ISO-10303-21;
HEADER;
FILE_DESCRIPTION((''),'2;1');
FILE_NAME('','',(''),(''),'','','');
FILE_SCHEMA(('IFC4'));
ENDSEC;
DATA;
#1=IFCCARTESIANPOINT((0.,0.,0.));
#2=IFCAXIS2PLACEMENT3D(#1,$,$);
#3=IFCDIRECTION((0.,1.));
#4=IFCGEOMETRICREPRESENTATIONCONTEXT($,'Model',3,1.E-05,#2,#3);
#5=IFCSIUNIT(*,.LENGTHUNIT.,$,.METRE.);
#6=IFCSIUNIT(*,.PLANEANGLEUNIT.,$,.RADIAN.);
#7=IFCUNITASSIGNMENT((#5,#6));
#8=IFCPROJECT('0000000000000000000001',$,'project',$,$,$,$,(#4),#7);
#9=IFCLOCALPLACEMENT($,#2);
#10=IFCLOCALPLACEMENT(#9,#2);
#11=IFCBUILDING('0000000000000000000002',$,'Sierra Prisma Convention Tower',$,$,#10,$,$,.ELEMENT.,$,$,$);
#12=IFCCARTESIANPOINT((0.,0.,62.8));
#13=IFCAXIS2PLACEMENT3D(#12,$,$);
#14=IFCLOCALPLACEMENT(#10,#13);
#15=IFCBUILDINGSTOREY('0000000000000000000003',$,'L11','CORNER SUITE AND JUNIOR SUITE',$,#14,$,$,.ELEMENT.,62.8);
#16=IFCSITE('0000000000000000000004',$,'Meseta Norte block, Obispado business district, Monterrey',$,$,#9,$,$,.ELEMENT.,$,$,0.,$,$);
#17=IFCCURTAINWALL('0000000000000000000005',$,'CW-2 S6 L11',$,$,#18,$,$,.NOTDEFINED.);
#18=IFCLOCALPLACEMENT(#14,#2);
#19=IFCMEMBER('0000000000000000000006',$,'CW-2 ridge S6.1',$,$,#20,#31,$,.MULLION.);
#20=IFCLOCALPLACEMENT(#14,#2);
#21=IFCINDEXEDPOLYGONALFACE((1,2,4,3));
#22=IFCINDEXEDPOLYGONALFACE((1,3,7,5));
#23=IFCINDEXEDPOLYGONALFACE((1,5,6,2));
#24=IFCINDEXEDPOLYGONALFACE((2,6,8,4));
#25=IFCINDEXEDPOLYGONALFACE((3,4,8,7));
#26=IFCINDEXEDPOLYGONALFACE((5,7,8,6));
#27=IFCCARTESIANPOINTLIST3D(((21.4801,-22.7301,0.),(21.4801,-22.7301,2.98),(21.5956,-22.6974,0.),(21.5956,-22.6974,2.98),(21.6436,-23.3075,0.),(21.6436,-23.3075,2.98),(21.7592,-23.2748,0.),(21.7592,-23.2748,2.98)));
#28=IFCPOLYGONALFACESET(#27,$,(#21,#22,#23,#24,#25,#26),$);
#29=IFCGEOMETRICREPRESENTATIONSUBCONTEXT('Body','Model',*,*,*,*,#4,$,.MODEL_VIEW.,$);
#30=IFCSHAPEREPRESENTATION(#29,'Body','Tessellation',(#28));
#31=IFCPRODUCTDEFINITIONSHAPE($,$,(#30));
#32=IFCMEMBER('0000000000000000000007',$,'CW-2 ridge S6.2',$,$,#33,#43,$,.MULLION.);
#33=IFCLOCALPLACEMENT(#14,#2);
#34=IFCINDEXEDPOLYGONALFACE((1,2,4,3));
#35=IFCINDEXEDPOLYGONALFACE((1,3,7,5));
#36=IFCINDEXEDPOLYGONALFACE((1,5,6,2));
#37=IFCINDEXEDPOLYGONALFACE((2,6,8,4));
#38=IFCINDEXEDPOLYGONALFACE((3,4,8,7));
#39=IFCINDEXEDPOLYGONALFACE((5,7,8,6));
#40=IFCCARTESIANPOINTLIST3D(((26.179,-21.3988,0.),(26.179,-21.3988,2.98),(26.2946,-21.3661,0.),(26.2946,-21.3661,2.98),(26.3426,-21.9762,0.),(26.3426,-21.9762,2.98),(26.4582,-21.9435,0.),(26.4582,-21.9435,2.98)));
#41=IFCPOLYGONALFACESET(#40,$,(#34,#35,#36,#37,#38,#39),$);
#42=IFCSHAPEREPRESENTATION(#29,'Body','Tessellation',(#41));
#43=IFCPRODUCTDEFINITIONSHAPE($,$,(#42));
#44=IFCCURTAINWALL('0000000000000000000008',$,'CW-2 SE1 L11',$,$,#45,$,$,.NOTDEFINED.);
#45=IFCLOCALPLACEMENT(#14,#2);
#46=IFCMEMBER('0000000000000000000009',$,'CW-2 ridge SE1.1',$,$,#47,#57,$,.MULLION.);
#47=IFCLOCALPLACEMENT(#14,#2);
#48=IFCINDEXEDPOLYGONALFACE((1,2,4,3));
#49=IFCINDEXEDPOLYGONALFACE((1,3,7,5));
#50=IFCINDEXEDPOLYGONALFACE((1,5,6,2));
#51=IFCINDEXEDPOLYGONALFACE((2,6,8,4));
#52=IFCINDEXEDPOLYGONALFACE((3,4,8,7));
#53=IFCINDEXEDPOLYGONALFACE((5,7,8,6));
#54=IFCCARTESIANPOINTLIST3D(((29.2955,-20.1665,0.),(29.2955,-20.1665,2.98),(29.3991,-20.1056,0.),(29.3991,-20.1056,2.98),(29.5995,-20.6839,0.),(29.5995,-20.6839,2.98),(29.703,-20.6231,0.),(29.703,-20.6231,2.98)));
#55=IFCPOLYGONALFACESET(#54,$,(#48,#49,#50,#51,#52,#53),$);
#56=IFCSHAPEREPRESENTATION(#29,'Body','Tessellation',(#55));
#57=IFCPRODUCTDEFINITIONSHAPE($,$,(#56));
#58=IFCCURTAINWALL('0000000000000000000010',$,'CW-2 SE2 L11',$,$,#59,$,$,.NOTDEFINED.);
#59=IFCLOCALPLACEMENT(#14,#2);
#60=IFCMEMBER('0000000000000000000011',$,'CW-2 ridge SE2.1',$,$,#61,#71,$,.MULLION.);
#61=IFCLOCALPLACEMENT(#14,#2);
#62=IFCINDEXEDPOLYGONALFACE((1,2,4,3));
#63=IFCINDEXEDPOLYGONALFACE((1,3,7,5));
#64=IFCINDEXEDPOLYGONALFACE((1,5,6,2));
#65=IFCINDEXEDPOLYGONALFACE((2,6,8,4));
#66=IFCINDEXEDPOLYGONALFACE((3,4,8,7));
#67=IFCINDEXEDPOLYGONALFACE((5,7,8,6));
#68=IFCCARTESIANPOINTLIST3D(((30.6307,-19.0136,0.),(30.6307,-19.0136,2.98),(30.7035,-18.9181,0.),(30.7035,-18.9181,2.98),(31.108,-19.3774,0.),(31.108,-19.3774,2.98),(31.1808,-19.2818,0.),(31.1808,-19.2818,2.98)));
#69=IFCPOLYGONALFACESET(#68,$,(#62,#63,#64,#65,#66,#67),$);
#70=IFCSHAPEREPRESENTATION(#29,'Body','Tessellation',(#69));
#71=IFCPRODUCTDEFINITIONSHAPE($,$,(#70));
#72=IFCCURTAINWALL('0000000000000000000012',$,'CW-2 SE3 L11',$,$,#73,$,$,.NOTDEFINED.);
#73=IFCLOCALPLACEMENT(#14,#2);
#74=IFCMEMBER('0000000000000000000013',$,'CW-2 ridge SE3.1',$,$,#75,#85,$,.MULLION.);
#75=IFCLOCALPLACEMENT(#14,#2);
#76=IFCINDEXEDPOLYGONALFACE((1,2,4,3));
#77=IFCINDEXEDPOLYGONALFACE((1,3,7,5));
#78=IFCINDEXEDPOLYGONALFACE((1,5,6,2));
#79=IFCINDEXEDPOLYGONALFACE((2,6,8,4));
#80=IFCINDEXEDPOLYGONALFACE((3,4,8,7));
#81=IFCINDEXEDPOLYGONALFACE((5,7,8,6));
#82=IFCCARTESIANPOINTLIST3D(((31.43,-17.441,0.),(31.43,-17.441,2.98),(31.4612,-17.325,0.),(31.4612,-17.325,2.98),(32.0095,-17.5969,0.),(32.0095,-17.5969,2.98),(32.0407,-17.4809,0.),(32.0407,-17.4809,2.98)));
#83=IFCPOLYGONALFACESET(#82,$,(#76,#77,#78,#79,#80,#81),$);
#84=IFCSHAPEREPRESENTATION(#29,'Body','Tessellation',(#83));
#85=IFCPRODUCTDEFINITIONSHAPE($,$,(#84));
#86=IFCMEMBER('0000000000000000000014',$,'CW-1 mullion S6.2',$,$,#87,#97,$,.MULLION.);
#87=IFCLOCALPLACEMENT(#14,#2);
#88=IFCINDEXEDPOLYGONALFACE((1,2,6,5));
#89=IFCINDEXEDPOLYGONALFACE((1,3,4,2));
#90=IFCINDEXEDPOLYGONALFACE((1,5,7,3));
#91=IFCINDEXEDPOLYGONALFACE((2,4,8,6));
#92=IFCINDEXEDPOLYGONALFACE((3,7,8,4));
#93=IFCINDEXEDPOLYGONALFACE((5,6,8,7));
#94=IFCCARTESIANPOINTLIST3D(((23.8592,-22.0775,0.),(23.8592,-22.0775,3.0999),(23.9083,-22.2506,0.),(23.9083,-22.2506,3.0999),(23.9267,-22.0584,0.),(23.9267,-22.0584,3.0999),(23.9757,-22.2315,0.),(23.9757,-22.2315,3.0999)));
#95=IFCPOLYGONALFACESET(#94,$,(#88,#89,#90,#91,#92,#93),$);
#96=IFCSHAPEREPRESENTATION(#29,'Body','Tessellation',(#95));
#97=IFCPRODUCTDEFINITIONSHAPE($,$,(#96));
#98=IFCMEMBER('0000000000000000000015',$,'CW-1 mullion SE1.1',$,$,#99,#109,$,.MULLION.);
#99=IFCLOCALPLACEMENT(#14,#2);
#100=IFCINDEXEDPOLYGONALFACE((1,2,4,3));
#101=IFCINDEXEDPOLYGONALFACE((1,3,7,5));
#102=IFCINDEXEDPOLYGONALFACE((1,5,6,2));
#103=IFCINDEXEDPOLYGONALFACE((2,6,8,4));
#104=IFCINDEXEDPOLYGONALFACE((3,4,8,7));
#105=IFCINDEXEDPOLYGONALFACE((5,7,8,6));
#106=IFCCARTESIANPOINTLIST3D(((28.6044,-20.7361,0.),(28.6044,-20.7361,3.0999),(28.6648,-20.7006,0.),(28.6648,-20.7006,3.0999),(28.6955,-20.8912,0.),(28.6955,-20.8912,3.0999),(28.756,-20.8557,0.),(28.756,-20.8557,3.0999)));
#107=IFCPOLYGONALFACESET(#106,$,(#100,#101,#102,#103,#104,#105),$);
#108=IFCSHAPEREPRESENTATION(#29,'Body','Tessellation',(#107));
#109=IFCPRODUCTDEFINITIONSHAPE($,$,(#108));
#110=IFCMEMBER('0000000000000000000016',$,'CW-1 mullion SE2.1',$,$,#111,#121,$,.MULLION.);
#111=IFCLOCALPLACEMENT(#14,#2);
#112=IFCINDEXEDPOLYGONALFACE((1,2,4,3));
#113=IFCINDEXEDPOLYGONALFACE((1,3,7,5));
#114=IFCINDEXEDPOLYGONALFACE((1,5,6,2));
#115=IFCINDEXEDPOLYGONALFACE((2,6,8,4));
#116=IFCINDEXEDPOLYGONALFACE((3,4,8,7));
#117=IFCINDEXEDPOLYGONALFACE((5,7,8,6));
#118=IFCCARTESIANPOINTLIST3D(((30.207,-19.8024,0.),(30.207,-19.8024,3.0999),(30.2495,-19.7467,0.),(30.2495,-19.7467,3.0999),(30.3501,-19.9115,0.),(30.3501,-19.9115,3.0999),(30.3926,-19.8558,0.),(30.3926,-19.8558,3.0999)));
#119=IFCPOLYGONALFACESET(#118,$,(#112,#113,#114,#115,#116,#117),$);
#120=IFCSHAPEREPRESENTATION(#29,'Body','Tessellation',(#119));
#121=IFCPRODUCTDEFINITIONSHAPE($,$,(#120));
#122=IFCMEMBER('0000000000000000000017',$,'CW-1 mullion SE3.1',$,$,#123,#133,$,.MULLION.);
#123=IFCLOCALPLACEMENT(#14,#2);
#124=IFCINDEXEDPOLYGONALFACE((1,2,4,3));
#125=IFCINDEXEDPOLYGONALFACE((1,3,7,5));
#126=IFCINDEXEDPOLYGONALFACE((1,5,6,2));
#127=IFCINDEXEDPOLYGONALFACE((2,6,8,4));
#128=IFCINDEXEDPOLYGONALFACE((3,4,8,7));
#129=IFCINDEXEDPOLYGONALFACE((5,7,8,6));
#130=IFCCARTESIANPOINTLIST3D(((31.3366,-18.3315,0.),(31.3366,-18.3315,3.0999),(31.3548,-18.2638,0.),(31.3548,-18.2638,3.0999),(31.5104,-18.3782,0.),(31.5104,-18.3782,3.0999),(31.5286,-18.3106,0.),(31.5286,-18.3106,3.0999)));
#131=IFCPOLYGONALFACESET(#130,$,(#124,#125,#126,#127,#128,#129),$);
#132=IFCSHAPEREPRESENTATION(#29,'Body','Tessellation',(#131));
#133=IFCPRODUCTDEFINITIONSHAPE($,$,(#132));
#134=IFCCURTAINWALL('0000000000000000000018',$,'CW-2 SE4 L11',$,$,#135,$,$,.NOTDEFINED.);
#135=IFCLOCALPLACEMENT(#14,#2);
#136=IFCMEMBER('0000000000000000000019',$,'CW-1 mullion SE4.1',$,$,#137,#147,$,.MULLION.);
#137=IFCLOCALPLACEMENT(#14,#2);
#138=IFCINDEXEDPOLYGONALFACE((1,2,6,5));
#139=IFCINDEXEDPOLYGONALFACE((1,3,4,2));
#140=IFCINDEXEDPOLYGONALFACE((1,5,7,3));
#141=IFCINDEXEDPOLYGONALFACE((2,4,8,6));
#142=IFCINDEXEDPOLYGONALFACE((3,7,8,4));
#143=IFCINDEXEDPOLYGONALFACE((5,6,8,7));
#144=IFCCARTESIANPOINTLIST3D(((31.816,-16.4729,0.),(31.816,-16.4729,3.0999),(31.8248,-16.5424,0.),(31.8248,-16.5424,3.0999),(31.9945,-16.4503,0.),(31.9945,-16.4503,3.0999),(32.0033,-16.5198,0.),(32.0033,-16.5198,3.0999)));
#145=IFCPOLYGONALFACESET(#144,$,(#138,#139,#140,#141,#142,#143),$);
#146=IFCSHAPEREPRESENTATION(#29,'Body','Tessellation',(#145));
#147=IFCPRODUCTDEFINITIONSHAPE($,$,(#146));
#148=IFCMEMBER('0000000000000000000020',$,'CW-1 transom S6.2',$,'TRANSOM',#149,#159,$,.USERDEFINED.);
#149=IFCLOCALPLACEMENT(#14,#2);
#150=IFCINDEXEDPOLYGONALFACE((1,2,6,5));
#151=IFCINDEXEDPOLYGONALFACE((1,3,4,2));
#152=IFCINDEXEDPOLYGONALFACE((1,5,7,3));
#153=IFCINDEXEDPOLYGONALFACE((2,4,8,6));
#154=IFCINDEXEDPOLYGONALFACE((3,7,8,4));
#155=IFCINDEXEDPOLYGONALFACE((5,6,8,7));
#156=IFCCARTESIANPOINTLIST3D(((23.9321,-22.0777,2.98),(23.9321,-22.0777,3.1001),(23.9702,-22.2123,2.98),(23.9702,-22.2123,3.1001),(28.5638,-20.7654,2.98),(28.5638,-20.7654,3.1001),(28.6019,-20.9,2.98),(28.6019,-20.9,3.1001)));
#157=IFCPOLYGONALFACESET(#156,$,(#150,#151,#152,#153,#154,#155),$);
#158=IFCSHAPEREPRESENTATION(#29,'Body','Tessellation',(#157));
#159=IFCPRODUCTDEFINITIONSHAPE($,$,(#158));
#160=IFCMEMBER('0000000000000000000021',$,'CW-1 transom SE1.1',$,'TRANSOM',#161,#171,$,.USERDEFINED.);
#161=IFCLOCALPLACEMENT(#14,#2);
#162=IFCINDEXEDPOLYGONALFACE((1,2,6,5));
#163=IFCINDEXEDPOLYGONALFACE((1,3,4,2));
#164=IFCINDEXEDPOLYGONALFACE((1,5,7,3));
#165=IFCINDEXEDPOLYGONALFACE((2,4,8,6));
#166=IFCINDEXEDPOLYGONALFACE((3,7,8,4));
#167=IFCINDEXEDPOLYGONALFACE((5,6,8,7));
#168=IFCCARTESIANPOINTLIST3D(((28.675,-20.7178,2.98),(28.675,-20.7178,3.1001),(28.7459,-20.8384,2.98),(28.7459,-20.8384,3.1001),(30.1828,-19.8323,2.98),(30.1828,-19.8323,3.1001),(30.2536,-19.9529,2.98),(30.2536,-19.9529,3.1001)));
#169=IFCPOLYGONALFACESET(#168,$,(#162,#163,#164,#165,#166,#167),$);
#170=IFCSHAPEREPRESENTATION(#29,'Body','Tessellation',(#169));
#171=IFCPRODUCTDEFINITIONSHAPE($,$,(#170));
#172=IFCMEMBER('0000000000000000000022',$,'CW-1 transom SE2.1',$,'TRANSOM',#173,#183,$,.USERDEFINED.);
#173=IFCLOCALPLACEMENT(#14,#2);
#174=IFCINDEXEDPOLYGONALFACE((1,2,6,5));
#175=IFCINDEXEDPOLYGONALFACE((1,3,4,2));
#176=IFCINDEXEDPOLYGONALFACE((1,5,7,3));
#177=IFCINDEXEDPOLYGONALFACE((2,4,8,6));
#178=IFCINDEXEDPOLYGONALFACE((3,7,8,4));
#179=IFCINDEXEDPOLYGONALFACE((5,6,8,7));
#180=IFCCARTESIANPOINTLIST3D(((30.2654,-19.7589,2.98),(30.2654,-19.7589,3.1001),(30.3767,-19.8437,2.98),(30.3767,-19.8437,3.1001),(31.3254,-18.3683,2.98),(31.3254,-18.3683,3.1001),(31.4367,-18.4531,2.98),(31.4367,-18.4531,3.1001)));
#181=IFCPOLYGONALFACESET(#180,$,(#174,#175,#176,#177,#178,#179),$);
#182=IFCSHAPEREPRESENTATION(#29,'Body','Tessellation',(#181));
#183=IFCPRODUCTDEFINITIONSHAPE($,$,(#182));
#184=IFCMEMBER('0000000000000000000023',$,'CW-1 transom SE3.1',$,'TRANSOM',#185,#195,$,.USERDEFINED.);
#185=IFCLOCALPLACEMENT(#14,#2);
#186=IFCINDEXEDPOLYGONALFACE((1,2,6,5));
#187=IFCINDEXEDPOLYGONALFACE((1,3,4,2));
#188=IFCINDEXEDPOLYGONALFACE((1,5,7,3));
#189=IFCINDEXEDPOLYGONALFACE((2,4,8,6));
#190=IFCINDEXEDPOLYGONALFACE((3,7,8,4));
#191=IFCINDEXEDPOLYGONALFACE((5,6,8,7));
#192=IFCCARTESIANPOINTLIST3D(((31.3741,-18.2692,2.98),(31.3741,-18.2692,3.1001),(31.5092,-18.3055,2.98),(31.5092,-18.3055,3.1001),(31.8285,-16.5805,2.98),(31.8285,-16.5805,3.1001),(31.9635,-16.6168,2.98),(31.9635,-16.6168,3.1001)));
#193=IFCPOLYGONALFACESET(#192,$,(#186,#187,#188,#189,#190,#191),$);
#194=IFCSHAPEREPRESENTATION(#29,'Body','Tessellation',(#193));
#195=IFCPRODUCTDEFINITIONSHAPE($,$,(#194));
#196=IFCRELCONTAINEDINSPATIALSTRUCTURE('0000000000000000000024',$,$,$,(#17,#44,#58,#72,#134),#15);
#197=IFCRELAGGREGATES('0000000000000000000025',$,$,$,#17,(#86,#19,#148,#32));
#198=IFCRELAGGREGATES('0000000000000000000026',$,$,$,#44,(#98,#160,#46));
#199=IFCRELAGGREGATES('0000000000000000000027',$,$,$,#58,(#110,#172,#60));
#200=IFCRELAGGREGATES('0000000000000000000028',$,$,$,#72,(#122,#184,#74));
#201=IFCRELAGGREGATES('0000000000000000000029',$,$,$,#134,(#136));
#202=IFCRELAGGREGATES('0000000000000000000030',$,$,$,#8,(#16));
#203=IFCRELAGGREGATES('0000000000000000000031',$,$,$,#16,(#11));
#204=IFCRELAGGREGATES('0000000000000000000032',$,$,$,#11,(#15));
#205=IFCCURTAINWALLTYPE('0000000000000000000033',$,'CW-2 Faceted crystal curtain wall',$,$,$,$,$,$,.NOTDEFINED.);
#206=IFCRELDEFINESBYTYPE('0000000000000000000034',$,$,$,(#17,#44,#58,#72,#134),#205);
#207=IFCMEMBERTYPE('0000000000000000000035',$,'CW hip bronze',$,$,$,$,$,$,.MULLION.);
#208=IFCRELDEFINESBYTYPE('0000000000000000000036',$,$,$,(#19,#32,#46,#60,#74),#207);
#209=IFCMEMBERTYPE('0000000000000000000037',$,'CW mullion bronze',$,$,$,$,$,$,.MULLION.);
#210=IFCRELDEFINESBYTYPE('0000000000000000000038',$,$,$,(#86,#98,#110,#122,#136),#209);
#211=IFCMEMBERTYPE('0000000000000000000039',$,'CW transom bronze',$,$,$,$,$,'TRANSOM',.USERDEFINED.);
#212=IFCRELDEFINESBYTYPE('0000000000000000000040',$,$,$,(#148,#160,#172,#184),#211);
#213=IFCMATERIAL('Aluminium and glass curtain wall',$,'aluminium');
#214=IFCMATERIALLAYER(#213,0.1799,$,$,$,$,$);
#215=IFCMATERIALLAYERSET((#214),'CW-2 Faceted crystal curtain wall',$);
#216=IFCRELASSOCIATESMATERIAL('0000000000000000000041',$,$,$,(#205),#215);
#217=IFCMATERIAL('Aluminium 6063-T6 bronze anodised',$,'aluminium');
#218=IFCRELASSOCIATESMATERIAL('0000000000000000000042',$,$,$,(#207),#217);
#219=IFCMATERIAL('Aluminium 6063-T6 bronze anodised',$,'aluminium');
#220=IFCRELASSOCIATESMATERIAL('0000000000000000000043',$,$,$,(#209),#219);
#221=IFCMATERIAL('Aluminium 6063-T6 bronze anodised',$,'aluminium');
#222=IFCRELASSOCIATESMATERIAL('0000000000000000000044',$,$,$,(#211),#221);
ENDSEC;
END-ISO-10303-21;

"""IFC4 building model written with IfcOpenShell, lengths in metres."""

from ifc_helpers import new_model, si_unit, direction, frame, origin, origin_2d, place, context, subcontext, project, spatial, rectangle, extrude, material, layer, layer_set, material_profile, profile_set, type_object, element, aggregate, save


model = new_model("IFC4")

# Units and contexts
model_context = context("Model", 3, precision=1e-05, world=origin(), true_north=direction((0.0, 1.0)))
body_context = subcontext(model_context, "Body", "Model", "MODEL_VIEW")
ifc_project = project(units=[si_unit("LENGTHUNIT", "METRE"), si_unit("PLANEANGLEUNIT", "RADIAN")], contexts=[model_context])

# Site, building, storey
site_placement = place(None, origin())
site = spatial("IfcSite", under=ifc_project, at=site_placement, Name="Meseta Norte block, Obispado business district, Monterrey", CompositionType="ELEMENT", RefElevation=0.0)
building_placement = place(site_placement, origin())
building = spatial("IfcBuilding", under=site, at=building_placement, Name="Sierra Prisma Convention Tower", CompositionType="ELEMENT")
storey_placement = place(building_placement, frame((0.0, 0.0, 62.8)))
storey = spatial("IfcBuildingStorey", under=building, at=storey_placement, Name="L11", Description="CORNER SUITE AND JUNIOR SUITE", CompositionType="ELEMENT", Elevation=62.8)

# Curtain wall, members
ifc_material_1 = material(Name="Aluminium and glass curtain wall", Category="aluminium")
ifc_layer_1 = layer(ifc_material_1, 0.1799)
ifc_layer_set_1 = layer_set([ifc_layer_1], Name="CW-2 Faceted crystal curtain wall")
curtain_wall_type = type_object("IfcCurtainWallType", Name="CW-2 Faceted crystal curtain wall", PredefinedType="NOTDEFINED", material=ifc_layer_set_1)
curtain_wall_1_placement = place(storey_placement, origin())
curtain_wall_1 = element("IfcCurtainWall", 1, at=curtain_wall_1_placement, inside=storey, type_object=curtain_wall_type, Name="CW-2 S6 L11", PredefinedType="NOTDEFINED")
ifc_material_2 = material(Name="Aluminium 6063-T6 bronze anodised", Category="aluminium")
ifc_material_profile_1 = material_profile(ifc_material_2, rectangle(XDim=0.1201, YDim=0.6001, at=origin_2d()), Name="ALU RIDGE BLADE 120x600")
ifc_profile_set_1 = profile_set([ifc_material_profile_1], Name="Aluminium 6063-T6 bronze anodised")
member_type_1 = type_object("IfcMemberType", Name="CW hip bronze", PredefinedType="MULLION", material=ifc_profile_set_1)
member_1_placement = place(storey_placement, frame((21.6196, -23.0024, 0.0), z_axis=(0.0, 0.0, 1.0), x_axis=(0.962131, 0.272588, 0.0)))
member_1 = element("IfcMember", 2, at=member_1_placement, type_object=member_type_1, Name="CW-2 ridge S6.1", PredefinedType="MULLION", context=body_context, shape_type="SweptSolid", body=[
    extrude(rectangle(XDim=0.1201, YDim=0.6001, at=origin_2d()), origin(), (0.0, 0.0, 1.0), 2.98),
])
member_2_placement = place(storey_placement, frame((26.3186, -21.6711, 0.0), z_axis=(0.0, 0.0, 1.0), x_axis=(0.962131, 0.272588, 0.0)))
member_2 = element("IfcMember", 3, at=member_2_placement, type_object=member_type_1, Name="CW-2 ridge S6.2", PredefinedType="MULLION", context=body_context, shape_type="SweptSolid", body=[
    extrude(rectangle(XDim=0.1201, YDim=0.6001, at=origin_2d()), origin(), (0.0, 0.0, 1.0), 2.98),
])

# Curtain walls, members
curtain_wall_2_placement = place(storey_placement, origin())
curtain_wall_2 = element("IfcCurtainWall", 4, at=curtain_wall_2_placement, inside=storey, type_object=curtain_wall_type, Name="CW-2 SE1 L11", PredefinedType="NOTDEFINED")
member_3_placement = place(storey_placement, frame((29.4993, -20.3948, 0.0), z_axis=(0.0, 0.0, 1.0), x_axis=(0.862249, 0.506485, 0.0)))
member_3 = element("IfcMember", 5, at=member_3_placement, type_object=member_type_1, Name="CW-2 ridge SE1.1", PredefinedType="MULLION", context=body_context, shape_type="SweptSolid", body=[
    extrude(rectangle(XDim=0.1201, YDim=0.6001, at=origin_2d()), origin(), (0.0, 0.0, 1.0), 2.98),
])
curtain_wall_3_placement = place(storey_placement, origin())
curtain_wall_3 = element("IfcCurtainWall", 6, at=curtain_wall_3_placement, inside=storey, type_object=curtain_wall_type, Name="CW-2 SE2 L11", PredefinedType="NOTDEFINED")
member_4_placement = place(storey_placement, frame((30.9058, -19.1477, 0.0), z_axis=(0.0, 0.0, 1.0), x_axis=(0.606179, 0.795328, 0.0)))
member_4 = element("IfcMember", 7, at=member_4_placement, type_object=member_type_1, Name="CW-2 ridge SE2.1", PredefinedType="MULLION", context=body_context, shape_type="SweptSolid", body=[
    extrude(rectangle(XDim=0.1201, YDim=0.6001, at=origin_2d()), origin(), (0.0, 0.0, 1.0), 2.98),
])
curtain_wall_4_placement = place(storey_placement, origin())
curtain_wall_4 = element("IfcCurtainWall", 8, at=curtain_wall_4_placement, inside=storey, type_object=curtain_wall_type, Name="CW-2 SE3 L11", PredefinedType="NOTDEFINED")
member_5_placement = place(storey_placement, frame((31.7354, -17.4609, 0.0), z_axis=(0.0, 0.0, 1.0), x_axis=(0.259788, 0.965666, 0.0)))
member_5 = element("IfcMember", 9, at=member_5_placement, type_object=member_type_1, Name="CW-2 ridge SE3.1", PredefinedType="MULLION", context=body_context, shape_type="SweptSolid", body=[
    extrude(rectangle(XDim=0.1201, YDim=0.6001, at=origin_2d()), origin(), (0.0, 0.0, 1.0), 2.98),
])

# Members
ifc_material_3 = material(Name="Aluminium 6063-T6 bronze anodised", Category="aluminium")
ifc_material_profile_2 = material_profile(ifc_material_3, rectangle(XDim=0.1799, YDim=0.0701, at=origin_2d()), Name="ALU MULLION 70x180")
ifc_profile_set_2 = profile_set([ifc_material_profile_2], Name="Aluminium 6063-T6 bronze anodised")
member_type_2 = type_object("IfcMemberType", Name="CW mullion bronze", PredefinedType="MULLION", material=ifc_profile_set_2)
member_6_placement = place(storey_placement, frame((23.9175, -22.1545, 0.0), z_axis=(0.0, 0.0, 1.0), x_axis=(-0.272588, 0.962131, 0.0)))
member_6 = element("IfcMember", 10, at=member_6_placement, type_object=member_type_2, Name="CW-1 mullion S6.2", PredefinedType="MULLION", context=body_context, shape_type="SweptSolid", body=[
    extrude(rectangle(XDim=0.1799, YDim=0.0701, at=origin_2d()), origin(), (0.0, 0.0, 1.0), 3.0999),
])
member_7_placement = place(storey_placement, frame((28.6802, -20.7959, 0.0), z_axis=(0.0, 0.0, 1.0), x_axis=(-0.506485, 0.862249, 0.0)))
member_7 = element("IfcMember", 11, at=member_7_placement, type_object=member_type_2, Name="CW-1 mullion SE1.1", PredefinedType="MULLION", context=body_context, shape_type="SweptSolid", body=[
    extrude(rectangle(XDim=0.1799, YDim=0.0701, at=origin_2d()), origin(), (0.0, 0.0, 1.0), 3.0999),
])
member_8_placement = place(storey_placement, frame((30.2998, -19.8291, 0.0), z_axis=(0.0, 0.0, 1.0), x_axis=(-0.795328, 0.606179, 0.0)))
member_8 = element("IfcMember", 12, at=member_8_placement, type_object=member_type_2, Name="CW-1 mullion SE2.1", PredefinedType="MULLION", context=body_context, shape_type="SweptSolid", body=[
    extrude(rectangle(XDim=0.1799, YDim=0.0701, at=origin_2d()), origin(), (0.0, 0.0, 1.0), 3.0999),
])
member_9_placement = place(storey_placement, frame((31.4326, -18.321, 0.0), z_axis=(0.0, 0.0, 1.0), x_axis=(-0.965666, 0.259788, 0.0)))
member_9 = element("IfcMember", 13, at=member_9_placement, type_object=member_type_2, Name="CW-1 mullion SE3.1", PredefinedType="MULLION", context=body_context, shape_type="SweptSolid", body=[
    extrude(rectangle(XDim=0.1799, YDim=0.0701, at=origin_2d()), origin(), (0.0, 0.0, 1.0), 3.0999),
])

# Curtain wall, member
curtain_wall_5_placement = place(storey_placement, origin())
curtain_wall_5 = element("IfcCurtainWall", 14, at=curtain_wall_5_placement, inside=storey, type_object=curtain_wall_type, Name="CW-2 SE4 L11", PredefinedType="NOTDEFINED")
member_10_placement = place(storey_placement, frame((31.9097, -16.4963, 0.0), z_axis=(0.0, 0.0, 1.0), x_axis=(-0.992117, -0.125312, 0.0)))
member_10 = element("IfcMember", 15, at=member_10_placement, type_object=member_type_2, Name="CW-1 mullion SE4.1", PredefinedType="MULLION", context=body_context, shape_type="SweptSolid", body=[
    extrude(rectangle(XDim=0.1799, YDim=0.0701, at=origin_2d()), origin(), (0.0, 0.0, 1.0), 3.0999),
])

# Members
ifc_material_4 = material(Name="Aluminium 6063-T6 bronze anodised", Category="aluminium")
ifc_material_profile_3 = material_profile(ifc_material_4, rectangle(XDim=0.1399, YDim=0.1201, at=origin_2d()), Name="ALU TRANSOM 120x140")
ifc_profile_set_3 = profile_set([ifc_material_profile_3], Name="Aluminium 6063-T6 bronze anodised")
member_type_3 = type_object("IfcMemberType", Name="CW transom bronze", ElementType="TRANSOM", PredefinedType="USERDEFINED", material=ifc_profile_set_3)
member_11_placement = place(storey_placement, frame((23.9512, -22.145, 3.04), z_axis=(0.962128, 0.272597, 0.0), x_axis=(-0.272597, 0.962128, 0.0)))
member_11 = element("IfcMember", 16, at=member_11_placement, type_object=member_type_3, Name="CW-1 transom S6.2", ObjectType="TRANSOM", PredefinedType="USERDEFINED", context=body_context, shape_type="SweptSolid", body=[
    extrude(rectangle(XDim=0.1399, YDim=0.1201, at=origin_2d()), origin(), (0.0, 0.0, 1.0), 4.814),
])
member_12_placement = place(storey_placement, frame((28.7104, -20.7781, 3.04), z_axis=(0.862297, 0.506404, 0.0), x_axis=(-0.506404, 0.862297, 0.0)))
member_12 = element("IfcMember", 17, at=member_12_placement, type_object=member_type_3, Name="CW-1 transom SE1.1", ObjectType="TRANSOM", PredefinedType="USERDEFINED", context=body_context, shape_type="SweptSolid", body=[
    extrude(rectangle(XDim=0.1399, YDim=0.1201, at=origin_2d()), origin(), (0.0, 0.0, 1.0), 1.7485),
])
member_13_placement = place(storey_placement, frame((30.321, -19.8013, 3.04), z_axis=(0.606237, 0.795284, 0.0), x_axis=(-0.795284, 0.606237, 0.0)))
member_13 = element("IfcMember", 18, at=member_13_placement, type_object=member_type_3, Name="CW-1 transom SE2.1", ObjectType="TRANSOM", PredefinedType="USERDEFINED", context=body_context, shape_type="SweptSolid", body=[
    extrude(rectangle(XDim=0.1399, YDim=0.1201, at=origin_2d()), origin(), (0.0, 0.0, 1.0), 1.7485),
])
member_14_placement = place(storey_placement, frame((31.4417, -18.2874, 3.04), z_axis=(0.259808, 0.96566, 0.0), x_axis=(-0.96566, 0.259808, 0.0)))
member_14 = element("IfcMember", 19, at=member_14_placement, type_object=member_type_3, Name="CW-1 transom SE3.1", ObjectType="TRANSOM", PredefinedType="USERDEFINED", context=body_context, shape_type="SweptSolid", body=[
    extrude(rectangle(XDim=0.1399, YDim=0.1201, at=origin_2d()), origin(), (0.0, 0.0, 1.0), 1.7488),
])

aggregate(curtain_wall_1, [member_6, member_1, member_11, member_2])
aggregate(curtain_wall_2, [member_7, member_12, member_3])
aggregate(curtain_wall_3, [member_8, member_13, member_4])
aggregate(curtain_wall_4, [member_9, member_14, member_5])
aggregate(curtain_wall_5, [member_10])

save(model, "model.ifc")
